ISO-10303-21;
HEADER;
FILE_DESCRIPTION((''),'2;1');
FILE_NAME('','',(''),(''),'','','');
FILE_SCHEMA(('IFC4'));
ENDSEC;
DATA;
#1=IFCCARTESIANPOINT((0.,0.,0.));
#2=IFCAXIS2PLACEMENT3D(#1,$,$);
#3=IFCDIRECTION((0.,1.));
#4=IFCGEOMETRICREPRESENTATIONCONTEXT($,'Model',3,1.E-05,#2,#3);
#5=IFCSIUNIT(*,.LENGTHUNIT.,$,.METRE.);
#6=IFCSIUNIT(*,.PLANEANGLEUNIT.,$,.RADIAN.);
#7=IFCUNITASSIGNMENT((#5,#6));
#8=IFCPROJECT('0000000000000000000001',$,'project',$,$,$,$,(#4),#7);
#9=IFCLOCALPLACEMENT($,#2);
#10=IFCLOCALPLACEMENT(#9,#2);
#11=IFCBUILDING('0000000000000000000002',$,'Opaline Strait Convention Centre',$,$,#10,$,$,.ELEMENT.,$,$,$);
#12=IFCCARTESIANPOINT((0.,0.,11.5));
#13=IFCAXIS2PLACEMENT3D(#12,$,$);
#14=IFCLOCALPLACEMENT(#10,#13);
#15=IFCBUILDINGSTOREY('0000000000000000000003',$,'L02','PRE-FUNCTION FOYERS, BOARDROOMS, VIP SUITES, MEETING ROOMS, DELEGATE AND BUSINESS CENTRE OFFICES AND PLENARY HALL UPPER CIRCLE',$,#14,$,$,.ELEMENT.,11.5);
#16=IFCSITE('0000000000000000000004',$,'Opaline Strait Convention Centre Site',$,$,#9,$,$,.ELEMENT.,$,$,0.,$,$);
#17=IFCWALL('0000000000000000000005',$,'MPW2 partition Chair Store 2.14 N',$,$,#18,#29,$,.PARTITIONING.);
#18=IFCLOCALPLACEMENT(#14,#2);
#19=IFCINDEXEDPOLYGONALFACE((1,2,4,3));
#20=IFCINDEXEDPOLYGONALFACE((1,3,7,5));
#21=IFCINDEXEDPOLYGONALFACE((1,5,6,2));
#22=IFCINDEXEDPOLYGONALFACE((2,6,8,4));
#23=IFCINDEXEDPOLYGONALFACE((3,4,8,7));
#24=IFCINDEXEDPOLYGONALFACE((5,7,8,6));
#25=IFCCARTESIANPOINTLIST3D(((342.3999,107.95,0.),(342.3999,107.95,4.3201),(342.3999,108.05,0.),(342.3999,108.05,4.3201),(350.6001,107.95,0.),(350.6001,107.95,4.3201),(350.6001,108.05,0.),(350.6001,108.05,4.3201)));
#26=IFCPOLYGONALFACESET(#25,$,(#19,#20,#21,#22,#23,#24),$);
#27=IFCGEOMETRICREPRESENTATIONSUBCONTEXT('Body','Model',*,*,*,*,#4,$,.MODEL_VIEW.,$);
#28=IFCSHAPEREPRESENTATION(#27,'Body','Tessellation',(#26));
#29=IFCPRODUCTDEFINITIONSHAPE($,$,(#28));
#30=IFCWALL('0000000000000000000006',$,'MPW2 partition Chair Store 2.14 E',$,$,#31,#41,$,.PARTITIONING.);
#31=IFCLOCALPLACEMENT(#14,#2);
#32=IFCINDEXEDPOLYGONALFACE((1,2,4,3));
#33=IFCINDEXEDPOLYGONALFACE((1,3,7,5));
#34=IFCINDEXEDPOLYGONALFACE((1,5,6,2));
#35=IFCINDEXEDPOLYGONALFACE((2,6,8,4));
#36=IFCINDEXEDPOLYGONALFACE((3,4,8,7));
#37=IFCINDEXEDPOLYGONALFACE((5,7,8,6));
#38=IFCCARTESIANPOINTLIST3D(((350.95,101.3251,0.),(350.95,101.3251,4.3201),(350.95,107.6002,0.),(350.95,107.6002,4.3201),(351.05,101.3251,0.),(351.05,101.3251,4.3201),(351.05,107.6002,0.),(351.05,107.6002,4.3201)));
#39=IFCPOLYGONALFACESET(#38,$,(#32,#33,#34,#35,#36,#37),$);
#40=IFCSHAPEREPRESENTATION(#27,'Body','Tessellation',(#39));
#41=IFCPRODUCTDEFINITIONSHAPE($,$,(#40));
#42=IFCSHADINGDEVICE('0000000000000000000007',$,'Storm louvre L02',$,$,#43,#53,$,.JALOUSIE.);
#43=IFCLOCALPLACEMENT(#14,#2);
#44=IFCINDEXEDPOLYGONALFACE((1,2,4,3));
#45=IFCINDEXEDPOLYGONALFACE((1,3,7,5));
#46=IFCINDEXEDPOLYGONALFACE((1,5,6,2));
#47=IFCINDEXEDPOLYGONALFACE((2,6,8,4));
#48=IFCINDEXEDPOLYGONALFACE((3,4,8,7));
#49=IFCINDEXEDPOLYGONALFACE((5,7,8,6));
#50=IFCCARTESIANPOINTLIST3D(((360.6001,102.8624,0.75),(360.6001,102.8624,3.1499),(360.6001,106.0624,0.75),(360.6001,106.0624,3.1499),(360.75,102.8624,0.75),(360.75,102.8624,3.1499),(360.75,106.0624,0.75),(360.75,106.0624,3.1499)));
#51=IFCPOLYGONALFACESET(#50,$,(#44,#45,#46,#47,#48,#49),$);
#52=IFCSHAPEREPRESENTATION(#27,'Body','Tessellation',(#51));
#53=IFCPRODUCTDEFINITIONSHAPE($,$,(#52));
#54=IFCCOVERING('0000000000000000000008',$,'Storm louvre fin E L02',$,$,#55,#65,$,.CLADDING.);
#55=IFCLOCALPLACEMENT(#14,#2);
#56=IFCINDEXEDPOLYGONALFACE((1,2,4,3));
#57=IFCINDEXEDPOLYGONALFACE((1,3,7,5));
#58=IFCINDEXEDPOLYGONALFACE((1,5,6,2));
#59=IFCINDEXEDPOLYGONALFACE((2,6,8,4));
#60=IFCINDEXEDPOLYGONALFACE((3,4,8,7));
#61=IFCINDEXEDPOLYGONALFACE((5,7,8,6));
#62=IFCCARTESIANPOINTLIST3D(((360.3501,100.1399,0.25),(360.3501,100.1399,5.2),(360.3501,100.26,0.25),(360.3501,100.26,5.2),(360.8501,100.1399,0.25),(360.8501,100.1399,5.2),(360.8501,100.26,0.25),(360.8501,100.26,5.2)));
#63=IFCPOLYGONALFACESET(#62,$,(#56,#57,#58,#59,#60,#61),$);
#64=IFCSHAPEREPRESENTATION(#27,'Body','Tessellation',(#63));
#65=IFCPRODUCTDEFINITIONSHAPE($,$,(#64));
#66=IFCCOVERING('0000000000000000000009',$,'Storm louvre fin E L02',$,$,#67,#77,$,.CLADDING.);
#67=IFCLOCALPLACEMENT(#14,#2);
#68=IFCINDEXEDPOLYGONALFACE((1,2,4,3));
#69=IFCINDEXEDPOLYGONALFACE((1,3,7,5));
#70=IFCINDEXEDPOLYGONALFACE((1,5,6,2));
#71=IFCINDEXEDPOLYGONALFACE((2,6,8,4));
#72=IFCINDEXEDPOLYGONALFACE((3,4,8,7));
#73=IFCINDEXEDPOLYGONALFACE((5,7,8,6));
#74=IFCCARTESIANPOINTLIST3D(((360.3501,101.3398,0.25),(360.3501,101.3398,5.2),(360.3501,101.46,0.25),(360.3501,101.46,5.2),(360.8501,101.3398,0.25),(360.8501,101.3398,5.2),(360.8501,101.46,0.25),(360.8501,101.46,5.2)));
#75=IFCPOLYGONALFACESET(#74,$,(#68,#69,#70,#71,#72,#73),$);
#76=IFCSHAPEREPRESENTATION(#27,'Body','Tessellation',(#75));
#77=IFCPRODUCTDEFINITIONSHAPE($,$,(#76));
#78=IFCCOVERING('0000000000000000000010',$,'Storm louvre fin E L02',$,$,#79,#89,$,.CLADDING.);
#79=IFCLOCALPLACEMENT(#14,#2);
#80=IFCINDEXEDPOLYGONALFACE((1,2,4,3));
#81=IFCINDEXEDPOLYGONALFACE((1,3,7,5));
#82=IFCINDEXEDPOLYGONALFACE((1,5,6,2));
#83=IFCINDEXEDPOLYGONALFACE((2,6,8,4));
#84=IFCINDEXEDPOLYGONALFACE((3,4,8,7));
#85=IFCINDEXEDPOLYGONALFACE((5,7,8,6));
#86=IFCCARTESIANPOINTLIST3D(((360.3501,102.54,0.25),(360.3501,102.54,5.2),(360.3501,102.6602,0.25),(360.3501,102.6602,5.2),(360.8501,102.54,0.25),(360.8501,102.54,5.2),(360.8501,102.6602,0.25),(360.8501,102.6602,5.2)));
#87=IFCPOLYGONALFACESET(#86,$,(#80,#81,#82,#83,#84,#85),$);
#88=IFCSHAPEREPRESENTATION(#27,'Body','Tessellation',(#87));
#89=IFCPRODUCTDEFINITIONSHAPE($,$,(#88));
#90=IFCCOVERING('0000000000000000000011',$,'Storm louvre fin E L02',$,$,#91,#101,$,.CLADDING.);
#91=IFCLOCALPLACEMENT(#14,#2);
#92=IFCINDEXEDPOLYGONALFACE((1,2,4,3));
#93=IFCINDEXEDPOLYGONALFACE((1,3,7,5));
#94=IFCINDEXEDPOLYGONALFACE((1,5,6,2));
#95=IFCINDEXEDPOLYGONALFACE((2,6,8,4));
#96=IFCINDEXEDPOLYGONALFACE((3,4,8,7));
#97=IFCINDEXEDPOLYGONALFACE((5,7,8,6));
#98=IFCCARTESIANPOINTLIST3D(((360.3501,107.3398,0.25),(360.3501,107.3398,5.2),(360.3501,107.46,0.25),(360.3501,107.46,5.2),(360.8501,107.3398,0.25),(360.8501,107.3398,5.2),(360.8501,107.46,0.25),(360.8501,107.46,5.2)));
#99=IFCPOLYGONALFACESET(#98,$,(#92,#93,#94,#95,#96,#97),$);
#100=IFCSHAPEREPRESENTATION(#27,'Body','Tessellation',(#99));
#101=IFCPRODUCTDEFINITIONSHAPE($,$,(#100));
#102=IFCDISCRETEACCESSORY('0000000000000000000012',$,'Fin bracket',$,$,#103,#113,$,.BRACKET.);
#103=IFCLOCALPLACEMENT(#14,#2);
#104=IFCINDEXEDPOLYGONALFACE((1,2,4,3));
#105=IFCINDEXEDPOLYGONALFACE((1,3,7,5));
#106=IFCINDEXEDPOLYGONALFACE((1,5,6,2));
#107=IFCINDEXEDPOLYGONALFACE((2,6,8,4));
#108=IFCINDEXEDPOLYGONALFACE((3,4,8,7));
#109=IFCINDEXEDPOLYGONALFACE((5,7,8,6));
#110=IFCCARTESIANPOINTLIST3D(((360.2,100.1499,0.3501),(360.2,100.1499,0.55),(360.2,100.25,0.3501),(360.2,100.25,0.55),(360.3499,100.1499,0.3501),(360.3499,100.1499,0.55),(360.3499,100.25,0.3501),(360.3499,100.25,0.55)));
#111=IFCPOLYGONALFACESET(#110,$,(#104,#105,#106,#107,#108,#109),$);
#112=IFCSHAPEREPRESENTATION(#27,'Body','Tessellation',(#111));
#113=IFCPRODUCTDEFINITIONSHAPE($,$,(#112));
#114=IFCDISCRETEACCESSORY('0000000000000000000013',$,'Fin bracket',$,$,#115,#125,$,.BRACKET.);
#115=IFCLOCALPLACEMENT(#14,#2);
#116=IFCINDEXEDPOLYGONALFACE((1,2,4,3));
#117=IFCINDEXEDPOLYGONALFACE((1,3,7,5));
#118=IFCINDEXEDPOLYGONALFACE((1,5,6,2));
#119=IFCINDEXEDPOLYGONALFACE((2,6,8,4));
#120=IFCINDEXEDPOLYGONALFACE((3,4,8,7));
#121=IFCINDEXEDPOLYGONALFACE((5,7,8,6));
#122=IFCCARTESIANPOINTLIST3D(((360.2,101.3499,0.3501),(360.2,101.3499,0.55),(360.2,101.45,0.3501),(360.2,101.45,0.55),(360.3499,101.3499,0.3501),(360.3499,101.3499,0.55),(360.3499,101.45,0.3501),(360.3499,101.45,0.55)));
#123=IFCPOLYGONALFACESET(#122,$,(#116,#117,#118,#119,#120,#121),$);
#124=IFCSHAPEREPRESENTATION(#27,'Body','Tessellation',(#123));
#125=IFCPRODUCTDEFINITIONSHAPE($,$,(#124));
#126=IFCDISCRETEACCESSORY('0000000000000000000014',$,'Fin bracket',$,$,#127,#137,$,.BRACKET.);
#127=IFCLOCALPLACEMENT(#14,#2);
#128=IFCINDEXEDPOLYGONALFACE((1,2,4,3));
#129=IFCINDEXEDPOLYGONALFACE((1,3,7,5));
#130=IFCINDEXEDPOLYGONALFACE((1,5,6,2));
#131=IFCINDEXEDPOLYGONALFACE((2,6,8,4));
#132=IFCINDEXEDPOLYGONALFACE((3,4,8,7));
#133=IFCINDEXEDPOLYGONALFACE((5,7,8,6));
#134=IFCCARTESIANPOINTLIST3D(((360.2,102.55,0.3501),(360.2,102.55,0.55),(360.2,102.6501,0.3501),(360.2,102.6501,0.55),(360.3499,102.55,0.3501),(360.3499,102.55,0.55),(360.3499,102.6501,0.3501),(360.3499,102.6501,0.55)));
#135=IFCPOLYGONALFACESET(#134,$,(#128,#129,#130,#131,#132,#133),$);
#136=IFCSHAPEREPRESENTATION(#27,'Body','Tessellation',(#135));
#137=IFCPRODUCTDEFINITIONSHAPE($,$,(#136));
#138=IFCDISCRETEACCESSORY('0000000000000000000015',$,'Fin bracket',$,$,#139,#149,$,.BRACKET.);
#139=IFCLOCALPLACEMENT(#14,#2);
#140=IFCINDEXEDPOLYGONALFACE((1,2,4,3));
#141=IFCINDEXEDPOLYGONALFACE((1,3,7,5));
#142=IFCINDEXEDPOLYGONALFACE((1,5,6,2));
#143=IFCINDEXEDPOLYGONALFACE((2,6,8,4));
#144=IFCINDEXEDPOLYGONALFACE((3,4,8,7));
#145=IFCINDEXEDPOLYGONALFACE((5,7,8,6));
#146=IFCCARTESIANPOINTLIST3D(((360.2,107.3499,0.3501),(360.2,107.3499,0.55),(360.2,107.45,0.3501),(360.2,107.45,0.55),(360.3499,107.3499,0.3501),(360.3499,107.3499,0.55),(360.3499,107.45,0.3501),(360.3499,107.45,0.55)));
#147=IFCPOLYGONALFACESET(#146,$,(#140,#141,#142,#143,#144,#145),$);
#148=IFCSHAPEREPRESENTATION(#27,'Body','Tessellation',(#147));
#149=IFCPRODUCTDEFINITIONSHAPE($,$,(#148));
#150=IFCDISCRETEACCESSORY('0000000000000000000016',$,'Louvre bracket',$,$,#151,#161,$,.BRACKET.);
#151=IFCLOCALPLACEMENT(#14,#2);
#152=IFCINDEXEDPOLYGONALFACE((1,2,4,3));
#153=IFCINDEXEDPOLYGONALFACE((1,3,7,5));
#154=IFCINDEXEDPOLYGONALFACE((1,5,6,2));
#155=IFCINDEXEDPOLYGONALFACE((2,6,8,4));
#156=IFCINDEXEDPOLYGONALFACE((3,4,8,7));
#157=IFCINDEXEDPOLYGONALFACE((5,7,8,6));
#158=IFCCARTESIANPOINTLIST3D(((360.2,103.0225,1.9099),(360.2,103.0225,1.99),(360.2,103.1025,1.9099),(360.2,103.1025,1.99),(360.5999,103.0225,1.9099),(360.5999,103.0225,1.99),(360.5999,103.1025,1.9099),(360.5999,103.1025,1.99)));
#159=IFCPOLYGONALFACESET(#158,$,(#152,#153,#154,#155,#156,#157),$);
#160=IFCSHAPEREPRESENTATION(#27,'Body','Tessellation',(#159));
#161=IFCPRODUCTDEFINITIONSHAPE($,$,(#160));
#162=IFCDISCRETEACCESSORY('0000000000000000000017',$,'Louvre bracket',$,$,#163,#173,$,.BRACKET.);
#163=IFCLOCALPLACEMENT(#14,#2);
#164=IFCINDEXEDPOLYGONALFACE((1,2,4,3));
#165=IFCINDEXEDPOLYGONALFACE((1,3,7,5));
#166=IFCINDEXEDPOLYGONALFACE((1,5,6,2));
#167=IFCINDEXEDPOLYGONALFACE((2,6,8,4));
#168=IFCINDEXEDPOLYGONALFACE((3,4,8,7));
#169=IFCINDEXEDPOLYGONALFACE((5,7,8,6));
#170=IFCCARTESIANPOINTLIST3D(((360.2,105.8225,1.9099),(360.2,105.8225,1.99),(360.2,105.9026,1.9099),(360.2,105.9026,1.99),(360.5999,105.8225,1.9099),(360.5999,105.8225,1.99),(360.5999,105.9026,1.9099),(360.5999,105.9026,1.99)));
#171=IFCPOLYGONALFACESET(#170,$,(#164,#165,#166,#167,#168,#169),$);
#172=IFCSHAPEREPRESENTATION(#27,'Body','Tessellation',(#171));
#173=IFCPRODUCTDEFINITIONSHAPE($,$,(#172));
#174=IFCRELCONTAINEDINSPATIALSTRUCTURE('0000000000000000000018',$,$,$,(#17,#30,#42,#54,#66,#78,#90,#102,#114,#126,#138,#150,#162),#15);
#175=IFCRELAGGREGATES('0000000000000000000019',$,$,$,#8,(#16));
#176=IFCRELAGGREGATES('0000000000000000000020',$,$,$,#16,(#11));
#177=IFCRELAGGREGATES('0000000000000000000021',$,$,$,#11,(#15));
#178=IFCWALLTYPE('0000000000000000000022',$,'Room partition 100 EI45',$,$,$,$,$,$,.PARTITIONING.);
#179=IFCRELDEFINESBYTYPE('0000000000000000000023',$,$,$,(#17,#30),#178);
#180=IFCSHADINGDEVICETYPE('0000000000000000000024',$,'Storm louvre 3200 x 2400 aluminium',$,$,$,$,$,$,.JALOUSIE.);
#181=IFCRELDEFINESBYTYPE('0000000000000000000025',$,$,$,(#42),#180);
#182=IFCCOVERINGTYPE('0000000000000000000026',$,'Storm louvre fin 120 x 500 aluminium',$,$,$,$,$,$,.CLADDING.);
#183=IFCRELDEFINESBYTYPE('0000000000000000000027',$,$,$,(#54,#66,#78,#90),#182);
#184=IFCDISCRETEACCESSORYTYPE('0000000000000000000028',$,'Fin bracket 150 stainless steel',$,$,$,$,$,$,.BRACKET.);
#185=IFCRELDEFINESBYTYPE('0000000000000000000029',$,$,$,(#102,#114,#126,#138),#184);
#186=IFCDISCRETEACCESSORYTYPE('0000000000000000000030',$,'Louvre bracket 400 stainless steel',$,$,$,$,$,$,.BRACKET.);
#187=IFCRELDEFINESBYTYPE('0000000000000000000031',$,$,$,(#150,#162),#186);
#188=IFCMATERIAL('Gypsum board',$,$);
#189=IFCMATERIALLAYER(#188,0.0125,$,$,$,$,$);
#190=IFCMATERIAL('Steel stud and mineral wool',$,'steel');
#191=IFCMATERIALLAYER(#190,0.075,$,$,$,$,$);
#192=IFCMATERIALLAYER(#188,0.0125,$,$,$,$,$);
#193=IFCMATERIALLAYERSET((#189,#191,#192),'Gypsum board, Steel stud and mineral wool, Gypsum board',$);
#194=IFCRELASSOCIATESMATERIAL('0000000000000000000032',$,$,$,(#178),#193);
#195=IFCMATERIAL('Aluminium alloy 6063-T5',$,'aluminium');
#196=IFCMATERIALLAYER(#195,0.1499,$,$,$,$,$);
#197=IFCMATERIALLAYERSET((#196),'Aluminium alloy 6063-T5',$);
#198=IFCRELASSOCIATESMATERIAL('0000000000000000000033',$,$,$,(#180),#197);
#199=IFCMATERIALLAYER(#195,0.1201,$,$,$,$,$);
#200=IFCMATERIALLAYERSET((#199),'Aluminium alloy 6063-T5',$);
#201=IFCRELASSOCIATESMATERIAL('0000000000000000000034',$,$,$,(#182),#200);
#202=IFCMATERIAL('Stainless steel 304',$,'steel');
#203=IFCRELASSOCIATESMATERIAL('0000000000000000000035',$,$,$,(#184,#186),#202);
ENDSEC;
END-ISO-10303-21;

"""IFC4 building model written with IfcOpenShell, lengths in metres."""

from ifc_helpers import new_model, si_unit, direction, frame, frame_2d, origin, origin_2d, place, context, subcontext, project, spatial, rectangle, extrude, material, layer, layer_set, type_object, element, save


model = new_model("IFC4")

# Units and contexts
model_context = context("Model", 3, precision=1e-05, world=origin(), true_north=direction((0.0, 1.0)))
body_context = subcontext(model_context, "Body", "Model", "MODEL_VIEW")
ifc_project = project(units=[si_unit("LENGTHUNIT", "METRE"), si_unit("PLANEANGLEUNIT", "RADIAN")], contexts=[model_context])

# Site, building, storey
site_placement = place(None, origin())
site = spatial("IfcSite", under=ifc_project, at=site_placement, Name="Opaline Strait Convention Centre Site", CompositionType="ELEMENT", RefElevation=0.0)
building_placement = place(site_placement, origin())
building = spatial("IfcBuilding", under=site, at=building_placement, Name="Opaline Strait Convention Centre", CompositionType="ELEMENT")
storey_placement = place(building_placement, frame((0.0, 0.0, 11.5)))
storey = spatial("IfcBuildingStorey", under=building, at=storey_placement, Name="L02", Description="PRE-FUNCTION FOYERS, BOARDROOMS, VIP SUITES, MEETING ROOMS, DELEGATE AND BUSINESS CENTRE OFFICES AND PLENARY HALL UPPER CIRCLE", CompositionType="ELEMENT", Elevation=11.5)

# Shared definitions
ifc_material_1 = material(Name="Gypsum board")
ifc_material_2 = material(Name="Steel stud and mineral wool", Category="steel")

# Walls
ifc_layer_1 = layer(ifc_material_1, 0.0125)
ifc_layer_2 = layer(ifc_material_2, 0.075)
ifc_layer_3 = layer(ifc_material_1, 0.0125)
ifc_layer_set_1 = layer_set([ifc_layer_1, ifc_layer_2, ifc_layer_3], Name="Gypsum board, Steel stud and mineral wool, Gypsum board")
wall_type_1 = type_object("IfcWallType", Name="Room partition 100 EI45", PredefinedType="PARTITIONING", material=ifc_layer_set_1)
wall_1_placement = place(storey_placement, frame((342.3999, 108.0, 0.0), z_axis=(0.0, 0.0, 1.0), x_axis=(1.0, 0.0, 0.0)))
element("IfcWall", 1, at=wall_1_placement, inside=storey, type_object=wall_type_1, Name="MPW2 partition Chair Store 2.14 N", PredefinedType="PARTITIONING", context=body_context, shape_type="SweptSolid", body=[
    extrude(rectangle(XDim=8.2002, YDim=0.1001, at=frame_2d((4.1001, 0.0))), origin(), (0.0, 0.0, 1.0), 4.3201),
])
wall_2_placement = place(storey_placement, frame((351.0, 101.325, 0.0), z_axis=(0.0, 0.0, 1.0), x_axis=(0.0, 1.0, 0.0)))
element("IfcWall", 2, at=wall_2_placement, inside=storey, type_object=wall_type_1, Name="MPW2 partition Chair Store 2.14 E", PredefinedType="PARTITIONING", context=body_context, shape_type="SweptSolid", body=[
    extrude(rectangle(XDim=6.2751, YDim=0.1001, at=frame_2d((3.1377, 0.0))), origin(), (0.0, 0.0, 1.0), 4.3201),
])

# Shading device
ifc_material_3 = material(Name="Aluminium alloy 6063-T5", Category="aluminium")
ifc_layer_4 = layer(ifc_material_3, 0.1499)
ifc_layer_set_2 = layer_set([ifc_layer_4], Name="Aluminium alloy 6063-T5")
shading_device_type = type_object("IfcShadingDeviceType", Name="Storm louvre 3200 x 2400 aluminium", PredefinedType="JALOUSIE", material=ifc_layer_set_2)
shading_device_placement = place(storey_placement, frame((360.675, 104.4624, 0.75), z_axis=(0.0, 0.0, 1.0), x_axis=(1.0, 0.0, 0.0)))
element("IfcShadingDevice", 3, at=shading_device_placement, inside=storey, type_object=shading_device_type, Name="Storm louvre L02", PredefinedType="JALOUSIE", context=body_context, shape_type="SweptSolid", body=[
    extrude(rectangle(XDim=0.1499, YDim=3.2, at=origin_2d()), origin(), (0.0, 0.0, 1.0), 2.3999),
])

# Coverings
ifc_layer_5 = layer(ifc_material_3, 0.1201)
ifc_layer_set_3 = layer_set([ifc_layer_5], Name="Aluminium alloy 6063-T5")
covering_type = type_object("IfcCoveringType", Name="Storm louvre fin 120 x 500 aluminium", PredefinedType="CLADDING", material=ifc_layer_set_3)
for number, where, z_axis, x_axis, name in (
    (4, (360.6001, 100.2, 0.25), (0.0, 0.0, 1.0), (1.0, 0.0, 0.0), "Storm louvre fin E L02"),
    (5, (360.6001, 101.3999, 0.25), (0.0, 0.0, 1.0), (1.0, 0.0, 0.0), "Storm louvre fin E L02"),
    (6, (360.6001, 102.6001, 0.25), (0.0, 0.0, 1.0), (1.0, 0.0, 0.0), "Storm louvre fin E L02"),
    (7, (360.6001, 107.3999, 0.25), (0.0, 0.0, 1.0), (1.0, 0.0, 0.0), "Storm louvre fin E L02"),
):
    element("IfcCovering", number, at=place(storey_placement, frame(where, z_axis=z_axis, x_axis=x_axis)), inside=storey, type_object=covering_type, Name=name, PredefinedType="CLADDING", context=body_context, shape_type="SweptSolid", body=[
        extrude(rectangle(XDim=0.5, YDim=0.1201, at=origin_2d()), origin(), (0.0, 0.0, 1.0), 4.95),
    ])

# Discrete accessories
ifc_material_4 = material(Name="Stainless steel 304", Category="steel")
discrete_accessory_type_1 = type_object("IfcDiscreteAccessoryType", Name="Fin bracket 150 stainless steel", PredefinedType="BRACKET", material=ifc_material_4)
for number, where, z_axis, x_axis, name in (
    (8, (360.2749, 100.2, 0.3501), (0.0, 0.0, 1.0), (1.0, 0.0, 0.0), "Fin bracket"),
    (9, (360.2749, 101.3999, 0.3501), (0.0, 0.0, 1.0), (1.0, 0.0, 0.0), "Fin bracket"),
    (10, (360.2749, 102.6001, 0.3501), (0.0, 0.0, 1.0), (1.0, 0.0, 0.0), "Fin bracket"),
    (11, (360.2749, 107.3999, 0.3501), (0.0, 0.0, 1.0), (1.0, 0.0, 0.0), "Fin bracket"),
):
    element("IfcDiscreteAccessory", number, at=place(storey_placement, frame(where, z_axis=z_axis, x_axis=x_axis)), inside=storey, type_object=discrete_accessory_type_1, Name=name, PredefinedType="BRACKET", context=body_context, shape_type="SweptSolid", body=[
        extrude(rectangle(XDim=0.1499, YDim=0.1001, at=origin_2d()), origin(), (0.0, 0.0, 1.0), 0.2),
    ])
discrete_accessory_type_2 = type_object("IfcDiscreteAccessoryType", Name="Louvre bracket 400 stainless steel", PredefinedType="BRACKET", material=ifc_material_4)
for number, where, z_axis, x_axis, name in (
    (12, (360.3999, 103.0625, 1.9099), (0.0, 0.0, 1.0), (1.0, 0.0, 0.0), "Louvre bracket"),
    (13, (360.3999, 105.8625, 1.9099), (0.0, 0.0, 1.0), (1.0, 0.0, 0.0), "Louvre bracket"),
):
    element("IfcDiscreteAccessory", number, at=place(storey_placement, frame(where, z_axis=z_axis, x_axis=x_axis)), inside=storey, type_object=discrete_accessory_type_2, Name=name, PredefinedType="BRACKET", context=body_context, shape_type="SweptSolid", body=[
        extrude(rectangle(XDim=0.3999, YDim=0.0801, at=origin_2d()), origin(), (0.0, 0.0, 1.0), 0.0801),
    ])

save(model, "model.ifc")
